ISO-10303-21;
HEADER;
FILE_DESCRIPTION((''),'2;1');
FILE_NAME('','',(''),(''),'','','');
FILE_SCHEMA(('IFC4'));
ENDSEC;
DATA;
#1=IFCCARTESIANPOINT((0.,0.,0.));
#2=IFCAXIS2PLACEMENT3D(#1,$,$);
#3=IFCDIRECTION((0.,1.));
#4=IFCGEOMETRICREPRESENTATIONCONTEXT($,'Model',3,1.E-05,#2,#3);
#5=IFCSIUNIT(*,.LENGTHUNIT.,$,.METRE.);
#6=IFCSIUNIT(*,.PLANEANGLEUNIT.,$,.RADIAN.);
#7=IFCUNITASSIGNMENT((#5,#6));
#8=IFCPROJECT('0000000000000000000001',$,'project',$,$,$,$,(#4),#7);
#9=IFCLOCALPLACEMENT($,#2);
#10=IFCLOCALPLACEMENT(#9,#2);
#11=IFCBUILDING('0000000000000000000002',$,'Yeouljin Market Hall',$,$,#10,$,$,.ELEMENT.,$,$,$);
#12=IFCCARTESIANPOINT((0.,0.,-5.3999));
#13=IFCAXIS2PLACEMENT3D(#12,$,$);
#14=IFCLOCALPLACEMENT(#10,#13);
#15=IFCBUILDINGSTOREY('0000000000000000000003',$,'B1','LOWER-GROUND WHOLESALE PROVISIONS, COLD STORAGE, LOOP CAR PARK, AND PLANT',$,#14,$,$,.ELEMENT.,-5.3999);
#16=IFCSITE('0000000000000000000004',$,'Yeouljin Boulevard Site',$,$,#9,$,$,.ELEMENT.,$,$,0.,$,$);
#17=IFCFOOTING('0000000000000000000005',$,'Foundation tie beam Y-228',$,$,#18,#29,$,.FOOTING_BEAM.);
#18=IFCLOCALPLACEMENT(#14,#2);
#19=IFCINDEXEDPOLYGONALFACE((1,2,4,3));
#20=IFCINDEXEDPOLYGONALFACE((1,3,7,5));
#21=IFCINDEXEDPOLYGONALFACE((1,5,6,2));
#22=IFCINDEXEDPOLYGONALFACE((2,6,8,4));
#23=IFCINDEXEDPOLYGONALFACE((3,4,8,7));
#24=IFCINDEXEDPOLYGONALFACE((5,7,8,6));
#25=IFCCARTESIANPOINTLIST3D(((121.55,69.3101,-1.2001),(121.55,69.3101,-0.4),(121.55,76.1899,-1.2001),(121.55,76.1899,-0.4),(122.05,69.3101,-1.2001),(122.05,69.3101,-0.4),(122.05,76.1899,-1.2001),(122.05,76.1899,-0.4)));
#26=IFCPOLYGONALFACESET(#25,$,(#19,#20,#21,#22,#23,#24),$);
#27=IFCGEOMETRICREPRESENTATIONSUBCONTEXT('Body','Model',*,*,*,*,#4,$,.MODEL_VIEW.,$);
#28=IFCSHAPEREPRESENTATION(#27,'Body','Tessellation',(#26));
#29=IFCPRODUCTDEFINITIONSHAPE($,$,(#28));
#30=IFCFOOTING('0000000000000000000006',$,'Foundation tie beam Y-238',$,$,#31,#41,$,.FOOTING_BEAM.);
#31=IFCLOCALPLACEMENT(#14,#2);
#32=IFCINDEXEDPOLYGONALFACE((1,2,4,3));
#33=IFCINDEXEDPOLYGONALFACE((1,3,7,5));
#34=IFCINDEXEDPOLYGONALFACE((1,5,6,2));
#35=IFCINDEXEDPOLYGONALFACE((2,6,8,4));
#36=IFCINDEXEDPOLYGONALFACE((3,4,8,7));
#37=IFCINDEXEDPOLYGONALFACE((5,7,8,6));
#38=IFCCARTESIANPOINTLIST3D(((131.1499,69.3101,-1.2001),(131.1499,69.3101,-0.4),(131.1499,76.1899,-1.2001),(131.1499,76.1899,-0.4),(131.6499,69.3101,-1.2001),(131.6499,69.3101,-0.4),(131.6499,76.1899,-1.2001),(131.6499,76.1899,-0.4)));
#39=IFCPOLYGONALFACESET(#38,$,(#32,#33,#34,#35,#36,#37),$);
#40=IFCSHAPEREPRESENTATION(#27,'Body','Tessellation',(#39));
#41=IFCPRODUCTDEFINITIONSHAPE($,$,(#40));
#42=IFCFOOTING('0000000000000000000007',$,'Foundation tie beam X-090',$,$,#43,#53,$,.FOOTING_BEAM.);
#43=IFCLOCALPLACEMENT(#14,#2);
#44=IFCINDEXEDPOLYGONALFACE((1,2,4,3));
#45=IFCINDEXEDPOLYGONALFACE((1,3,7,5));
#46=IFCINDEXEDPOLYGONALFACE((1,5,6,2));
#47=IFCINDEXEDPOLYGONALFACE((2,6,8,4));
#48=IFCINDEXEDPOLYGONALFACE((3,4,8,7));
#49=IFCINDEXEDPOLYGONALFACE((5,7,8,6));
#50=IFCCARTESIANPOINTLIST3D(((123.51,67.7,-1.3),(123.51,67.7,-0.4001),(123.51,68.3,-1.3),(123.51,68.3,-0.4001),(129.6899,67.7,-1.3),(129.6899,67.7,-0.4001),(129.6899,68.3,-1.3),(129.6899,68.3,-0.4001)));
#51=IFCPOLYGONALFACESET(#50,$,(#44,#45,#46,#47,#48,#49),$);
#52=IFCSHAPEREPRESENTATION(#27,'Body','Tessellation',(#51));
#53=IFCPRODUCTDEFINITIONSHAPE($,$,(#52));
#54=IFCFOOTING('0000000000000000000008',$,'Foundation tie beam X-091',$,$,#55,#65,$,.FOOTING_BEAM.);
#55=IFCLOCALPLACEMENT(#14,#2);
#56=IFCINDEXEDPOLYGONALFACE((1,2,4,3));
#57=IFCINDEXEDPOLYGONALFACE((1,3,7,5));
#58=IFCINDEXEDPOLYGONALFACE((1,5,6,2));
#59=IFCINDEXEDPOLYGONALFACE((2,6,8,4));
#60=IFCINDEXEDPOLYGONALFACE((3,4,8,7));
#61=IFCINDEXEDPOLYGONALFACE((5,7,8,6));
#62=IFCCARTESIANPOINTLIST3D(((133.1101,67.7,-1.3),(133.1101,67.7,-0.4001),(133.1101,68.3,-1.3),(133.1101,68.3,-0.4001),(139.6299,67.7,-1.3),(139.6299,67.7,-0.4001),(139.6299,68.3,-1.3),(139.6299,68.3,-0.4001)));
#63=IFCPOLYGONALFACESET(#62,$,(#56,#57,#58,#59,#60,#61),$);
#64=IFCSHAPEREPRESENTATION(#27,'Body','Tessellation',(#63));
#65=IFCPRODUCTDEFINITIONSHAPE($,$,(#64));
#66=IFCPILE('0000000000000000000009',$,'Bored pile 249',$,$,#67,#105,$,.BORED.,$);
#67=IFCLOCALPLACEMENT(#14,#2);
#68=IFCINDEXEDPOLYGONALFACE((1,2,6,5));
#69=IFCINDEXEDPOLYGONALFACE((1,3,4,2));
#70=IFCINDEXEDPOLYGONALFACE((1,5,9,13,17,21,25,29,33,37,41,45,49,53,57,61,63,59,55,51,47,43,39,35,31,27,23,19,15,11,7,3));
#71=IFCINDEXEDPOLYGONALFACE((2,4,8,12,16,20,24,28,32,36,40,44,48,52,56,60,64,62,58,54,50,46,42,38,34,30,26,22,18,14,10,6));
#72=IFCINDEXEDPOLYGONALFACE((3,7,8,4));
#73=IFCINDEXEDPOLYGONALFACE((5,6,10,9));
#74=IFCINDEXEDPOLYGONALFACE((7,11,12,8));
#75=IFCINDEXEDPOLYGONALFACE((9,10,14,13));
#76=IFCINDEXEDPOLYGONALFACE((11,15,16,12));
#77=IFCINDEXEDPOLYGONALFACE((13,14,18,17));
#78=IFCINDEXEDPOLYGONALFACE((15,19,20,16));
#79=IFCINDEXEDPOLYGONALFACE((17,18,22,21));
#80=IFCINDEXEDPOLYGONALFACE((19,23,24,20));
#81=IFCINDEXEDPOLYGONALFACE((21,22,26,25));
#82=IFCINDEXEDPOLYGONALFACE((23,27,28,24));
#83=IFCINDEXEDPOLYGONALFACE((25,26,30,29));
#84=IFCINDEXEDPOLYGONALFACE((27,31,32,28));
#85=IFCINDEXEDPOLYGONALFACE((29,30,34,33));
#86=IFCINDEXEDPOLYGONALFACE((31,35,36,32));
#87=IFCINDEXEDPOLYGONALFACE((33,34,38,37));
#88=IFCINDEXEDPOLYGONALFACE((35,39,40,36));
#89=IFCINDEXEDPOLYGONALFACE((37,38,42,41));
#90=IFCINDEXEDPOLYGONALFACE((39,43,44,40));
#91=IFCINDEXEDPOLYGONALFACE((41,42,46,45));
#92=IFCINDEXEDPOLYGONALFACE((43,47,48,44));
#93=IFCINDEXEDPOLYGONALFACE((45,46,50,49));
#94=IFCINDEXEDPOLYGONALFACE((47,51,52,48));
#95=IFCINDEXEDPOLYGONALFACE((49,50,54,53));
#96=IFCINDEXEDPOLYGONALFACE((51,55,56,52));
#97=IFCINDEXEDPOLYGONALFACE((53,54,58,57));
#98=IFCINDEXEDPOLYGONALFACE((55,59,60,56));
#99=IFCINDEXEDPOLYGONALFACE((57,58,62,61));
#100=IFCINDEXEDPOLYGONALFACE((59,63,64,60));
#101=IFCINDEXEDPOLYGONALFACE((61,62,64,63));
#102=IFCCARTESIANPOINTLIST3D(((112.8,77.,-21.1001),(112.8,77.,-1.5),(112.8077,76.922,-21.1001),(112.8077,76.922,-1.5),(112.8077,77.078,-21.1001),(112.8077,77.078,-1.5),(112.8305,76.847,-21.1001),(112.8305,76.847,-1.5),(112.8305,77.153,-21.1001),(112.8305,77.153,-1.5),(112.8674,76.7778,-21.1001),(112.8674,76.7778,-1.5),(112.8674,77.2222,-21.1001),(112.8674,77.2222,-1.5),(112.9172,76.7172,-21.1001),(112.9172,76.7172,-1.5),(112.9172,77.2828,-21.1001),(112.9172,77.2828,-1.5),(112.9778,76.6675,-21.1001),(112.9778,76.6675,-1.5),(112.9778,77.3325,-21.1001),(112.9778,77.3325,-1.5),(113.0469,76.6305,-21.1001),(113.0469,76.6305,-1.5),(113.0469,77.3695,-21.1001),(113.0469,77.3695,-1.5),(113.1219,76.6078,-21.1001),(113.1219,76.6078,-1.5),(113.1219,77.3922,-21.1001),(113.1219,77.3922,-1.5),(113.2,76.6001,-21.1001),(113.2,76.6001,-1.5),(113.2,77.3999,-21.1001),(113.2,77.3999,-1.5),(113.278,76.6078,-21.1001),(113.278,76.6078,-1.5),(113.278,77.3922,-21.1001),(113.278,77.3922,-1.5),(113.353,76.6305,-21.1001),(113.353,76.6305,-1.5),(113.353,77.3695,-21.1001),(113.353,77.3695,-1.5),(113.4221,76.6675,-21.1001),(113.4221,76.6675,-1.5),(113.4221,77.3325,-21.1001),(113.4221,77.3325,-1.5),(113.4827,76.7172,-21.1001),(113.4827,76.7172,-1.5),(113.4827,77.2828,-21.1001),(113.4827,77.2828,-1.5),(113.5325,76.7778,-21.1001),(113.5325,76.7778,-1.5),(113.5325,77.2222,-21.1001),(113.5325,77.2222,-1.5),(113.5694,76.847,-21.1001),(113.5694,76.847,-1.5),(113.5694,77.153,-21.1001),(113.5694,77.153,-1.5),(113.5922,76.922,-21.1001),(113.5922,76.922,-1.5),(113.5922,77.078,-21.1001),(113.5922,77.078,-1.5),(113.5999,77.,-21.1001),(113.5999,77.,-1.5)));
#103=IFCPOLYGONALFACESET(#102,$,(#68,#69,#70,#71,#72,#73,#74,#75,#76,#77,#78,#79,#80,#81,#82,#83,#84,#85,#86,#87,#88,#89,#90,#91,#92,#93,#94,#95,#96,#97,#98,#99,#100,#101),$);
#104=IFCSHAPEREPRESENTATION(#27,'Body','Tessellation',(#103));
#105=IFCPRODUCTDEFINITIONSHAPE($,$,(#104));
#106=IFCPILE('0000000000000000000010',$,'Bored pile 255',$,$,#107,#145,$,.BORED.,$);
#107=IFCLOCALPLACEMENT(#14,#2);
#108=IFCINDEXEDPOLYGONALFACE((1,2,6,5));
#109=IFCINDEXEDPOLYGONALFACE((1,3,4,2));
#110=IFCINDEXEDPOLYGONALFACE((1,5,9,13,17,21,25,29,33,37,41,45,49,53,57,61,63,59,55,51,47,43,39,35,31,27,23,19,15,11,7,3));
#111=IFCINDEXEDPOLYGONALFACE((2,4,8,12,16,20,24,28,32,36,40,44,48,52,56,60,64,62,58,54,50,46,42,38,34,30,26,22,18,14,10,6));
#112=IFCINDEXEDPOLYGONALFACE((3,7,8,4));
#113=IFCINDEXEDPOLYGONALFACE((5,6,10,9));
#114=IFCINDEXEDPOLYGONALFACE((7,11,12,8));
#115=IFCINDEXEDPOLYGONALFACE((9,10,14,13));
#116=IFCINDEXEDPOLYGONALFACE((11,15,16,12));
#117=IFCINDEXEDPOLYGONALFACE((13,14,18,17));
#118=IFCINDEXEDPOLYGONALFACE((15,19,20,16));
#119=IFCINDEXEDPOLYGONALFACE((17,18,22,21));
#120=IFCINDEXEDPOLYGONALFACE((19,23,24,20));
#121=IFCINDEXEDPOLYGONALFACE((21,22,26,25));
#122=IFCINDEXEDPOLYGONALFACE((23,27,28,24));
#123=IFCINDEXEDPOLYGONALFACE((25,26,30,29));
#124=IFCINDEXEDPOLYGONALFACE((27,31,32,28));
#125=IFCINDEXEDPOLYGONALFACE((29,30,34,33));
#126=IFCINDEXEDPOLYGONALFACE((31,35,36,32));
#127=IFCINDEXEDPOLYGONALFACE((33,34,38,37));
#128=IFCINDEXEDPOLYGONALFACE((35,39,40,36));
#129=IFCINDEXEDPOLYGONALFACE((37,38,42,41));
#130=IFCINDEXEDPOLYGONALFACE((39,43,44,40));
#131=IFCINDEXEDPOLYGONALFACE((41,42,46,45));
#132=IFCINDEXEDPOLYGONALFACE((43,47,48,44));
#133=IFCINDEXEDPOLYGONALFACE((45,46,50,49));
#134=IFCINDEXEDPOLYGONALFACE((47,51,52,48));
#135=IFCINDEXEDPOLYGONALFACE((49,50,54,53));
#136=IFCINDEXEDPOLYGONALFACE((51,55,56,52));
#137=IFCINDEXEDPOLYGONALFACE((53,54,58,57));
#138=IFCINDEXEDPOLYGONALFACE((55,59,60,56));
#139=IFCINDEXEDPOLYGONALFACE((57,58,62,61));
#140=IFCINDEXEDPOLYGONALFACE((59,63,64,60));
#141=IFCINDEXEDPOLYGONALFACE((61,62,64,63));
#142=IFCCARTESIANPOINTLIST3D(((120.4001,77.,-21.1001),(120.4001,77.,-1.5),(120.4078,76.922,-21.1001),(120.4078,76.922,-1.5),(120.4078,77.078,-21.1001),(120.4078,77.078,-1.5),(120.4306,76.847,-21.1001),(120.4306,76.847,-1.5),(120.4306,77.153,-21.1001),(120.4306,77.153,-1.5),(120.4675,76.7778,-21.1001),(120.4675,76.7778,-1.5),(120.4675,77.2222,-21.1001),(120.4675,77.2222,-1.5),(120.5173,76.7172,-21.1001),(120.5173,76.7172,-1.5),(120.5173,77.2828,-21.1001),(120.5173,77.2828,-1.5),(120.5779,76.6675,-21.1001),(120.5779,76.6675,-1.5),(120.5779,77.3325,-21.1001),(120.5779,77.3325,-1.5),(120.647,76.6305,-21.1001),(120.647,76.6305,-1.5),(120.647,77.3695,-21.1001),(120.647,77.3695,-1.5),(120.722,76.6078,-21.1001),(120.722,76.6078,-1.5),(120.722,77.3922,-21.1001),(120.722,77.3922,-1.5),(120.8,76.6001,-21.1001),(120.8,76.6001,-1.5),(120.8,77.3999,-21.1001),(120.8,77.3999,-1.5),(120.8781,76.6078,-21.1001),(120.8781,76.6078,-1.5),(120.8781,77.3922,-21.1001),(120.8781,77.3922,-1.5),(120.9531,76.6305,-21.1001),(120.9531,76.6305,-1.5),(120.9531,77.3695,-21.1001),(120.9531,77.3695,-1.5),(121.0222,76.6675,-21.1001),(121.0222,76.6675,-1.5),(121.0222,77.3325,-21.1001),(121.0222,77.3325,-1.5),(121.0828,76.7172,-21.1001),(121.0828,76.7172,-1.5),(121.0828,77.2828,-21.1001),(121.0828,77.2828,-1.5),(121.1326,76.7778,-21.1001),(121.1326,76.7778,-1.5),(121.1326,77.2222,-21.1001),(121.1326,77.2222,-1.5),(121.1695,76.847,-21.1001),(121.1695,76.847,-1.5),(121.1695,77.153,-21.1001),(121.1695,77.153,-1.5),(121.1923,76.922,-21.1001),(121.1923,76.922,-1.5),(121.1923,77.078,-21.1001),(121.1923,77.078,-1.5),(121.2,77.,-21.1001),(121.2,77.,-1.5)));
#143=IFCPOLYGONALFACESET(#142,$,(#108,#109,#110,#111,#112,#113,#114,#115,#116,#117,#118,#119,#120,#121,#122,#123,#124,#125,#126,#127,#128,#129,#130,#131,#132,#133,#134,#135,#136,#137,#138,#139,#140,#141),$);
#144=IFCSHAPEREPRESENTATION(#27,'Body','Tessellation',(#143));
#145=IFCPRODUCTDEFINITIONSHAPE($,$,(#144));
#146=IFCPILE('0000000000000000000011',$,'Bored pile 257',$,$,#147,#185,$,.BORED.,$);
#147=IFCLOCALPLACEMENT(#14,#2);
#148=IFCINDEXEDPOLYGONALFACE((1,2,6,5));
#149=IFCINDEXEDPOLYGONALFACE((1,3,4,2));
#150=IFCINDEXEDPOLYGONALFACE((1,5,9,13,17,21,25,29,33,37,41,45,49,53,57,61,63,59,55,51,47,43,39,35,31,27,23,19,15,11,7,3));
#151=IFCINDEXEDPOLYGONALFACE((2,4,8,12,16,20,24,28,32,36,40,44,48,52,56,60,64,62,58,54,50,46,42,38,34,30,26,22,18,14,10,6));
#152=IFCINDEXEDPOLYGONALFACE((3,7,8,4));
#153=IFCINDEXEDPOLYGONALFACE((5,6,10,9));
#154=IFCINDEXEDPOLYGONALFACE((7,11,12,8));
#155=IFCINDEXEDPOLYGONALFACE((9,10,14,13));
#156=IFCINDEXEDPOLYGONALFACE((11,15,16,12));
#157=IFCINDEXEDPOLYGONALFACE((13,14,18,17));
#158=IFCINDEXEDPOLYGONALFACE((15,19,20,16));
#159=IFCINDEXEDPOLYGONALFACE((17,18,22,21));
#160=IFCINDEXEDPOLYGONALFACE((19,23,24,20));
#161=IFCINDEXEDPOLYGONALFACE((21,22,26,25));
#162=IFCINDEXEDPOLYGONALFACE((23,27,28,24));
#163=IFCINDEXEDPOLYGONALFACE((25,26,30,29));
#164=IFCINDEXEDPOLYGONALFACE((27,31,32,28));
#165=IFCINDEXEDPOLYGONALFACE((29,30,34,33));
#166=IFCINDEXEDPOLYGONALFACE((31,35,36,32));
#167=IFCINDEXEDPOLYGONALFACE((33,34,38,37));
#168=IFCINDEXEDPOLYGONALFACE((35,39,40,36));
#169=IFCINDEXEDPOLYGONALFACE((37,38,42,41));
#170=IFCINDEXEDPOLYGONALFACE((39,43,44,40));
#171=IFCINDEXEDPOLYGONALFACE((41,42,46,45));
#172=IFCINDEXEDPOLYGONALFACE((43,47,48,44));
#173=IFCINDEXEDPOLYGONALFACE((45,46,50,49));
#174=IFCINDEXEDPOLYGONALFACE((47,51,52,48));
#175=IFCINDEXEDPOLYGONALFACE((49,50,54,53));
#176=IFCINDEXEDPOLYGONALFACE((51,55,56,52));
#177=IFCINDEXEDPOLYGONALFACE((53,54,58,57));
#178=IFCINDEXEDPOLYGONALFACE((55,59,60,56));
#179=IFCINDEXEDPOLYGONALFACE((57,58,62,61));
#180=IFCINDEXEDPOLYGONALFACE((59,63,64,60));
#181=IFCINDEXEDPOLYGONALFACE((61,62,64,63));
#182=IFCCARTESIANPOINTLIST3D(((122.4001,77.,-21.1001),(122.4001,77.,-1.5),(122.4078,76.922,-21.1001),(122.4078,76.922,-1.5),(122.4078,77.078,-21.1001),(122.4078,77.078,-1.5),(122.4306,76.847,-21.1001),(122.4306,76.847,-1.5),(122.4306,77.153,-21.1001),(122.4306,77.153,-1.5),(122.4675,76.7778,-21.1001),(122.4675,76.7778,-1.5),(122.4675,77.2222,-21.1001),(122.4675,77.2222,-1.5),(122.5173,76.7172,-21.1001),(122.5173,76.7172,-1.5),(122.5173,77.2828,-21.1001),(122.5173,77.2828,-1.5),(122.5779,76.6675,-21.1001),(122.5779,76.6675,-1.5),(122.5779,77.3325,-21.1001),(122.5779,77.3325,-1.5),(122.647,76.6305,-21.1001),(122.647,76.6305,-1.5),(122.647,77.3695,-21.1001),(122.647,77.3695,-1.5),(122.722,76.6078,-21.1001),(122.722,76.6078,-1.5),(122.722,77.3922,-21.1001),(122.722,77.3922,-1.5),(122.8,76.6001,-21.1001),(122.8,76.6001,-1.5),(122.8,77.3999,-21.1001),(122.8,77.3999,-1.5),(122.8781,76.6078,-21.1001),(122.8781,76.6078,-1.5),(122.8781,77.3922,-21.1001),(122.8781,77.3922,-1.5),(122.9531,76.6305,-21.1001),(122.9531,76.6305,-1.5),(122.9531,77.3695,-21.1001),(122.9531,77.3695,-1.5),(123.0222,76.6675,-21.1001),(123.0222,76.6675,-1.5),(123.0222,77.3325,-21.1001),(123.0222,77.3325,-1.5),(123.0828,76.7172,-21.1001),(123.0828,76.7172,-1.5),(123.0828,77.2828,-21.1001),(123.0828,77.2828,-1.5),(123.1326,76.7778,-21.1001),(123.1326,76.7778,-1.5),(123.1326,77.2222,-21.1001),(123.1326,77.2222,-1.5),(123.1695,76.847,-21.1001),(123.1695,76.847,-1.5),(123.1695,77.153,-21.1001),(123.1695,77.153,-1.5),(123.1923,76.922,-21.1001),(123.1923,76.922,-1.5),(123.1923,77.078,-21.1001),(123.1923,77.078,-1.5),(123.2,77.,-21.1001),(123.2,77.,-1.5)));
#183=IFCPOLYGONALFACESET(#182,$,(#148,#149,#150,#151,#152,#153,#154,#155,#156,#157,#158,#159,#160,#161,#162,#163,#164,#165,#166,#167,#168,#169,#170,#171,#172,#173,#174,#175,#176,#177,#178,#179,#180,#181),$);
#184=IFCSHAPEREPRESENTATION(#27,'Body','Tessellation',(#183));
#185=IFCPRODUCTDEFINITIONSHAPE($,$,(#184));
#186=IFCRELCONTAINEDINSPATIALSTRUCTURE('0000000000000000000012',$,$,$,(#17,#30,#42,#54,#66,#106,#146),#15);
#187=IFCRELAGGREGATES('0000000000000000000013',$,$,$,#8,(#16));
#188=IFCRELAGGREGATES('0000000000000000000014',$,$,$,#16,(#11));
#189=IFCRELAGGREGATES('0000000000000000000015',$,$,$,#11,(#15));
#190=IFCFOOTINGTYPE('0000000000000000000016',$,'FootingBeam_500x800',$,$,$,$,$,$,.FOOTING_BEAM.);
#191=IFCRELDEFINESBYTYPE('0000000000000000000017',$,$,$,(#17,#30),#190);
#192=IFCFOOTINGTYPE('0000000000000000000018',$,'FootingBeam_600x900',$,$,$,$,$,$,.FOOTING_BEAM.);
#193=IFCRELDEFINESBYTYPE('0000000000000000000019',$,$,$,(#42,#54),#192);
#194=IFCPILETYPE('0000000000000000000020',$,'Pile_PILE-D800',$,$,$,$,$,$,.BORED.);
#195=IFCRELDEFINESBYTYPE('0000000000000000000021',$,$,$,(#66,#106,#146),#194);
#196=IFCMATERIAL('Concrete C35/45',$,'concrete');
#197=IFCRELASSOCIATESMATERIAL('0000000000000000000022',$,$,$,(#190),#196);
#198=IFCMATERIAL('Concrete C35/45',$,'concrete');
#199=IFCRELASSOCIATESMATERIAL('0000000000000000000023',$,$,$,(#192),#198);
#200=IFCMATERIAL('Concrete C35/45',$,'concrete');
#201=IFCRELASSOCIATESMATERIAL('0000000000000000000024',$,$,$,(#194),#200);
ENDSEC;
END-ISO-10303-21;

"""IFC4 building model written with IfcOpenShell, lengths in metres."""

from ifc_helpers import new_model, si_unit, direction, frame, origin, origin_2d, place, context, subcontext, project, spatial, rectangle, circle, extrude, material, material_profile, profile_set, type_object, element, save


model = new_model("IFC4")

# Units and contexts
model_context = context("Model", 3, precision=1e-05, world=origin(), true_north=direction((0.0, 1.0)))
body_context = subcontext(model_context, "Body", "Model", "MODEL_VIEW")
ifc_project = project(units=[si_unit("LENGTHUNIT", "METRE"), si_unit("PLANEANGLEUNIT", "RADIAN")], contexts=[model_context])

# Site, building, storey
site_placement = place(None, origin())
site = spatial("IfcSite", under=ifc_project, at=site_placement, Name="Yeouljin Boulevard Site", CompositionType="ELEMENT", RefElevation=0.0)
building_placement = place(site_placement, origin())
building = spatial("IfcBuilding", under=site, at=building_placement, Name="Yeouljin Market Hall", CompositionType="ELEMENT")
storey_placement = place(building_placement, frame((0.0, 0.0, -5.3999)))
storey = spatial("IfcBuildingStorey", under=building, at=storey_placement, Name="B1", Description="LOWER-GROUND WHOLESALE PROVISIONS, COLD STORAGE, LOOP CAR PARK, AND PLANT", CompositionType="ELEMENT", Elevation=-5.3999)

# Footings
ifc_material_1 = material(Name="Concrete C35/45", Category="concrete")
ifc_material_profile_1 = material_profile(ifc_material_1, rectangle(XDim=0.5, YDim=0.8, at=origin_2d()), Name="RC-500x800")
ifc_profile_set_1 = profile_set([ifc_material_profile_1], Name="Concrete C35/45")
footing_type_1 = type_object("IfcFootingType", Name="FootingBeam_500x800", PredefinedType="FOOTING_BEAM", material=ifc_profile_set_1)
for number, where, z_axis, x_axis, name in (
    (1, (121.8, 69.3101, -0.8), (0.0, 1.0, 0.0), (-1.0, 0.0, 0.0), "Foundation tie beam Y-228"),
    (2, (131.3999, 69.3101, -0.8), (0.0, 1.0, 0.0), (-1.0, 0.0, 0.0), "Foundation tie beam Y-238"),
):
    element("IfcFooting", number, at=place(storey_placement, frame(where, z_axis=z_axis, x_axis=x_axis)), inside=storey, type_object=footing_type_1, Name=name, PredefinedType="FOOTING_BEAM", context=body_context, shape_type="SweptSolid", body=[
        extrude(rectangle(XDim=0.5, YDim=0.8, at=origin_2d()), origin(), (0.0, 0.0, 1.0), 6.8799),
    ])
ifc_material_2 = material(Name="Concrete C35/45", Category="concrete")
ifc_material_profile_2 = material_profile(ifc_material_2, rectangle(XDim=0.6001, YDim=0.8999, at=origin_2d()), Name="RC-600x900")
ifc_profile_set_2 = profile_set([ifc_material_profile_2], Name="Concrete C35/45")
footing_type_2 = type_object("IfcFootingType", Name="FootingBeam_600x900", PredefinedType="FOOTING_BEAM", material=ifc_profile_set_2)
footing_1_placement = place(storey_placement, frame((123.51, 68.0, -0.8501), z_axis=(1.0, 0.0, 0.0), x_axis=(0.0, 1.0, 0.0)))
element("IfcFooting", 3, at=footing_1_placement, inside=storey, type_object=footing_type_2, Name="Foundation tie beam X-090", PredefinedType="FOOTING_BEAM", context=body_context, shape_type="SweptSolid", body=[
    extrude(rectangle(XDim=0.6001, YDim=0.8999, at=origin_2d()), origin(), (0.0, 0.0, 1.0), 6.1799),
])
footing_2_placement = place(storey_placement, frame((133.1101, 68.0, -0.8501), z_axis=(1.0, 0.0, 0.0), x_axis=(0.0, 1.0, 0.0)))
element("IfcFooting", 4, at=footing_2_placement, inside=storey, type_object=footing_type_2, Name="Foundation tie beam X-091", PredefinedType="FOOTING_BEAM", context=body_context, shape_type="SweptSolid", body=[
    extrude(rectangle(XDim=0.6001, YDim=0.8999, at=origin_2d()), origin(), (0.0, 0.0, 1.0), 6.5198),
])

# Piles
ifc_material_3 = material(Name="Concrete C35/45", Category="concrete")
ifc_material_profile_3 = material_profile(ifc_material_3, circle(Radius=0.3999, at=origin_2d()), Name="PILE-D800")
ifc_profile_set_3 = profile_set([ifc_material_profile_3], Name="Concrete C35/45")
pile_type = type_object("IfcPileType", Name="Pile_PILE-D800", PredefinedType="BORED", material=ifc_profile_set_3)
for number, where, z_axis, x_axis, name in (
    (5, (113.2, 77.0, -1.5), (0.0, 0.0, -1.0), (1.0, 0.0, 0.0), "Bored pile 249"),
    (6, (120.8, 77.0, -1.5), (0.0, 0.0, -1.0), (1.0, 0.0, 0.0), "Bored pile 255"),
    (7, (122.8, 77.0, -1.5), (0.0, 0.0, -1.0), (1.0, 0.0, 0.0), "Bored pile 257"),
):
    element("IfcPile", number, at=place(storey_placement, frame(where, z_axis=z_axis, x_axis=x_axis)), inside=storey, type_object=pile_type, Name=name, PredefinedType="BORED", context=body_context, shape_type="SweptSolid", body=[
        extrude(circle(Radius=0.3999, at=origin_2d()), origin(), (0.0, 0.0, 1.0), 19.6001),
    ])

save(model, "model.ifc")
